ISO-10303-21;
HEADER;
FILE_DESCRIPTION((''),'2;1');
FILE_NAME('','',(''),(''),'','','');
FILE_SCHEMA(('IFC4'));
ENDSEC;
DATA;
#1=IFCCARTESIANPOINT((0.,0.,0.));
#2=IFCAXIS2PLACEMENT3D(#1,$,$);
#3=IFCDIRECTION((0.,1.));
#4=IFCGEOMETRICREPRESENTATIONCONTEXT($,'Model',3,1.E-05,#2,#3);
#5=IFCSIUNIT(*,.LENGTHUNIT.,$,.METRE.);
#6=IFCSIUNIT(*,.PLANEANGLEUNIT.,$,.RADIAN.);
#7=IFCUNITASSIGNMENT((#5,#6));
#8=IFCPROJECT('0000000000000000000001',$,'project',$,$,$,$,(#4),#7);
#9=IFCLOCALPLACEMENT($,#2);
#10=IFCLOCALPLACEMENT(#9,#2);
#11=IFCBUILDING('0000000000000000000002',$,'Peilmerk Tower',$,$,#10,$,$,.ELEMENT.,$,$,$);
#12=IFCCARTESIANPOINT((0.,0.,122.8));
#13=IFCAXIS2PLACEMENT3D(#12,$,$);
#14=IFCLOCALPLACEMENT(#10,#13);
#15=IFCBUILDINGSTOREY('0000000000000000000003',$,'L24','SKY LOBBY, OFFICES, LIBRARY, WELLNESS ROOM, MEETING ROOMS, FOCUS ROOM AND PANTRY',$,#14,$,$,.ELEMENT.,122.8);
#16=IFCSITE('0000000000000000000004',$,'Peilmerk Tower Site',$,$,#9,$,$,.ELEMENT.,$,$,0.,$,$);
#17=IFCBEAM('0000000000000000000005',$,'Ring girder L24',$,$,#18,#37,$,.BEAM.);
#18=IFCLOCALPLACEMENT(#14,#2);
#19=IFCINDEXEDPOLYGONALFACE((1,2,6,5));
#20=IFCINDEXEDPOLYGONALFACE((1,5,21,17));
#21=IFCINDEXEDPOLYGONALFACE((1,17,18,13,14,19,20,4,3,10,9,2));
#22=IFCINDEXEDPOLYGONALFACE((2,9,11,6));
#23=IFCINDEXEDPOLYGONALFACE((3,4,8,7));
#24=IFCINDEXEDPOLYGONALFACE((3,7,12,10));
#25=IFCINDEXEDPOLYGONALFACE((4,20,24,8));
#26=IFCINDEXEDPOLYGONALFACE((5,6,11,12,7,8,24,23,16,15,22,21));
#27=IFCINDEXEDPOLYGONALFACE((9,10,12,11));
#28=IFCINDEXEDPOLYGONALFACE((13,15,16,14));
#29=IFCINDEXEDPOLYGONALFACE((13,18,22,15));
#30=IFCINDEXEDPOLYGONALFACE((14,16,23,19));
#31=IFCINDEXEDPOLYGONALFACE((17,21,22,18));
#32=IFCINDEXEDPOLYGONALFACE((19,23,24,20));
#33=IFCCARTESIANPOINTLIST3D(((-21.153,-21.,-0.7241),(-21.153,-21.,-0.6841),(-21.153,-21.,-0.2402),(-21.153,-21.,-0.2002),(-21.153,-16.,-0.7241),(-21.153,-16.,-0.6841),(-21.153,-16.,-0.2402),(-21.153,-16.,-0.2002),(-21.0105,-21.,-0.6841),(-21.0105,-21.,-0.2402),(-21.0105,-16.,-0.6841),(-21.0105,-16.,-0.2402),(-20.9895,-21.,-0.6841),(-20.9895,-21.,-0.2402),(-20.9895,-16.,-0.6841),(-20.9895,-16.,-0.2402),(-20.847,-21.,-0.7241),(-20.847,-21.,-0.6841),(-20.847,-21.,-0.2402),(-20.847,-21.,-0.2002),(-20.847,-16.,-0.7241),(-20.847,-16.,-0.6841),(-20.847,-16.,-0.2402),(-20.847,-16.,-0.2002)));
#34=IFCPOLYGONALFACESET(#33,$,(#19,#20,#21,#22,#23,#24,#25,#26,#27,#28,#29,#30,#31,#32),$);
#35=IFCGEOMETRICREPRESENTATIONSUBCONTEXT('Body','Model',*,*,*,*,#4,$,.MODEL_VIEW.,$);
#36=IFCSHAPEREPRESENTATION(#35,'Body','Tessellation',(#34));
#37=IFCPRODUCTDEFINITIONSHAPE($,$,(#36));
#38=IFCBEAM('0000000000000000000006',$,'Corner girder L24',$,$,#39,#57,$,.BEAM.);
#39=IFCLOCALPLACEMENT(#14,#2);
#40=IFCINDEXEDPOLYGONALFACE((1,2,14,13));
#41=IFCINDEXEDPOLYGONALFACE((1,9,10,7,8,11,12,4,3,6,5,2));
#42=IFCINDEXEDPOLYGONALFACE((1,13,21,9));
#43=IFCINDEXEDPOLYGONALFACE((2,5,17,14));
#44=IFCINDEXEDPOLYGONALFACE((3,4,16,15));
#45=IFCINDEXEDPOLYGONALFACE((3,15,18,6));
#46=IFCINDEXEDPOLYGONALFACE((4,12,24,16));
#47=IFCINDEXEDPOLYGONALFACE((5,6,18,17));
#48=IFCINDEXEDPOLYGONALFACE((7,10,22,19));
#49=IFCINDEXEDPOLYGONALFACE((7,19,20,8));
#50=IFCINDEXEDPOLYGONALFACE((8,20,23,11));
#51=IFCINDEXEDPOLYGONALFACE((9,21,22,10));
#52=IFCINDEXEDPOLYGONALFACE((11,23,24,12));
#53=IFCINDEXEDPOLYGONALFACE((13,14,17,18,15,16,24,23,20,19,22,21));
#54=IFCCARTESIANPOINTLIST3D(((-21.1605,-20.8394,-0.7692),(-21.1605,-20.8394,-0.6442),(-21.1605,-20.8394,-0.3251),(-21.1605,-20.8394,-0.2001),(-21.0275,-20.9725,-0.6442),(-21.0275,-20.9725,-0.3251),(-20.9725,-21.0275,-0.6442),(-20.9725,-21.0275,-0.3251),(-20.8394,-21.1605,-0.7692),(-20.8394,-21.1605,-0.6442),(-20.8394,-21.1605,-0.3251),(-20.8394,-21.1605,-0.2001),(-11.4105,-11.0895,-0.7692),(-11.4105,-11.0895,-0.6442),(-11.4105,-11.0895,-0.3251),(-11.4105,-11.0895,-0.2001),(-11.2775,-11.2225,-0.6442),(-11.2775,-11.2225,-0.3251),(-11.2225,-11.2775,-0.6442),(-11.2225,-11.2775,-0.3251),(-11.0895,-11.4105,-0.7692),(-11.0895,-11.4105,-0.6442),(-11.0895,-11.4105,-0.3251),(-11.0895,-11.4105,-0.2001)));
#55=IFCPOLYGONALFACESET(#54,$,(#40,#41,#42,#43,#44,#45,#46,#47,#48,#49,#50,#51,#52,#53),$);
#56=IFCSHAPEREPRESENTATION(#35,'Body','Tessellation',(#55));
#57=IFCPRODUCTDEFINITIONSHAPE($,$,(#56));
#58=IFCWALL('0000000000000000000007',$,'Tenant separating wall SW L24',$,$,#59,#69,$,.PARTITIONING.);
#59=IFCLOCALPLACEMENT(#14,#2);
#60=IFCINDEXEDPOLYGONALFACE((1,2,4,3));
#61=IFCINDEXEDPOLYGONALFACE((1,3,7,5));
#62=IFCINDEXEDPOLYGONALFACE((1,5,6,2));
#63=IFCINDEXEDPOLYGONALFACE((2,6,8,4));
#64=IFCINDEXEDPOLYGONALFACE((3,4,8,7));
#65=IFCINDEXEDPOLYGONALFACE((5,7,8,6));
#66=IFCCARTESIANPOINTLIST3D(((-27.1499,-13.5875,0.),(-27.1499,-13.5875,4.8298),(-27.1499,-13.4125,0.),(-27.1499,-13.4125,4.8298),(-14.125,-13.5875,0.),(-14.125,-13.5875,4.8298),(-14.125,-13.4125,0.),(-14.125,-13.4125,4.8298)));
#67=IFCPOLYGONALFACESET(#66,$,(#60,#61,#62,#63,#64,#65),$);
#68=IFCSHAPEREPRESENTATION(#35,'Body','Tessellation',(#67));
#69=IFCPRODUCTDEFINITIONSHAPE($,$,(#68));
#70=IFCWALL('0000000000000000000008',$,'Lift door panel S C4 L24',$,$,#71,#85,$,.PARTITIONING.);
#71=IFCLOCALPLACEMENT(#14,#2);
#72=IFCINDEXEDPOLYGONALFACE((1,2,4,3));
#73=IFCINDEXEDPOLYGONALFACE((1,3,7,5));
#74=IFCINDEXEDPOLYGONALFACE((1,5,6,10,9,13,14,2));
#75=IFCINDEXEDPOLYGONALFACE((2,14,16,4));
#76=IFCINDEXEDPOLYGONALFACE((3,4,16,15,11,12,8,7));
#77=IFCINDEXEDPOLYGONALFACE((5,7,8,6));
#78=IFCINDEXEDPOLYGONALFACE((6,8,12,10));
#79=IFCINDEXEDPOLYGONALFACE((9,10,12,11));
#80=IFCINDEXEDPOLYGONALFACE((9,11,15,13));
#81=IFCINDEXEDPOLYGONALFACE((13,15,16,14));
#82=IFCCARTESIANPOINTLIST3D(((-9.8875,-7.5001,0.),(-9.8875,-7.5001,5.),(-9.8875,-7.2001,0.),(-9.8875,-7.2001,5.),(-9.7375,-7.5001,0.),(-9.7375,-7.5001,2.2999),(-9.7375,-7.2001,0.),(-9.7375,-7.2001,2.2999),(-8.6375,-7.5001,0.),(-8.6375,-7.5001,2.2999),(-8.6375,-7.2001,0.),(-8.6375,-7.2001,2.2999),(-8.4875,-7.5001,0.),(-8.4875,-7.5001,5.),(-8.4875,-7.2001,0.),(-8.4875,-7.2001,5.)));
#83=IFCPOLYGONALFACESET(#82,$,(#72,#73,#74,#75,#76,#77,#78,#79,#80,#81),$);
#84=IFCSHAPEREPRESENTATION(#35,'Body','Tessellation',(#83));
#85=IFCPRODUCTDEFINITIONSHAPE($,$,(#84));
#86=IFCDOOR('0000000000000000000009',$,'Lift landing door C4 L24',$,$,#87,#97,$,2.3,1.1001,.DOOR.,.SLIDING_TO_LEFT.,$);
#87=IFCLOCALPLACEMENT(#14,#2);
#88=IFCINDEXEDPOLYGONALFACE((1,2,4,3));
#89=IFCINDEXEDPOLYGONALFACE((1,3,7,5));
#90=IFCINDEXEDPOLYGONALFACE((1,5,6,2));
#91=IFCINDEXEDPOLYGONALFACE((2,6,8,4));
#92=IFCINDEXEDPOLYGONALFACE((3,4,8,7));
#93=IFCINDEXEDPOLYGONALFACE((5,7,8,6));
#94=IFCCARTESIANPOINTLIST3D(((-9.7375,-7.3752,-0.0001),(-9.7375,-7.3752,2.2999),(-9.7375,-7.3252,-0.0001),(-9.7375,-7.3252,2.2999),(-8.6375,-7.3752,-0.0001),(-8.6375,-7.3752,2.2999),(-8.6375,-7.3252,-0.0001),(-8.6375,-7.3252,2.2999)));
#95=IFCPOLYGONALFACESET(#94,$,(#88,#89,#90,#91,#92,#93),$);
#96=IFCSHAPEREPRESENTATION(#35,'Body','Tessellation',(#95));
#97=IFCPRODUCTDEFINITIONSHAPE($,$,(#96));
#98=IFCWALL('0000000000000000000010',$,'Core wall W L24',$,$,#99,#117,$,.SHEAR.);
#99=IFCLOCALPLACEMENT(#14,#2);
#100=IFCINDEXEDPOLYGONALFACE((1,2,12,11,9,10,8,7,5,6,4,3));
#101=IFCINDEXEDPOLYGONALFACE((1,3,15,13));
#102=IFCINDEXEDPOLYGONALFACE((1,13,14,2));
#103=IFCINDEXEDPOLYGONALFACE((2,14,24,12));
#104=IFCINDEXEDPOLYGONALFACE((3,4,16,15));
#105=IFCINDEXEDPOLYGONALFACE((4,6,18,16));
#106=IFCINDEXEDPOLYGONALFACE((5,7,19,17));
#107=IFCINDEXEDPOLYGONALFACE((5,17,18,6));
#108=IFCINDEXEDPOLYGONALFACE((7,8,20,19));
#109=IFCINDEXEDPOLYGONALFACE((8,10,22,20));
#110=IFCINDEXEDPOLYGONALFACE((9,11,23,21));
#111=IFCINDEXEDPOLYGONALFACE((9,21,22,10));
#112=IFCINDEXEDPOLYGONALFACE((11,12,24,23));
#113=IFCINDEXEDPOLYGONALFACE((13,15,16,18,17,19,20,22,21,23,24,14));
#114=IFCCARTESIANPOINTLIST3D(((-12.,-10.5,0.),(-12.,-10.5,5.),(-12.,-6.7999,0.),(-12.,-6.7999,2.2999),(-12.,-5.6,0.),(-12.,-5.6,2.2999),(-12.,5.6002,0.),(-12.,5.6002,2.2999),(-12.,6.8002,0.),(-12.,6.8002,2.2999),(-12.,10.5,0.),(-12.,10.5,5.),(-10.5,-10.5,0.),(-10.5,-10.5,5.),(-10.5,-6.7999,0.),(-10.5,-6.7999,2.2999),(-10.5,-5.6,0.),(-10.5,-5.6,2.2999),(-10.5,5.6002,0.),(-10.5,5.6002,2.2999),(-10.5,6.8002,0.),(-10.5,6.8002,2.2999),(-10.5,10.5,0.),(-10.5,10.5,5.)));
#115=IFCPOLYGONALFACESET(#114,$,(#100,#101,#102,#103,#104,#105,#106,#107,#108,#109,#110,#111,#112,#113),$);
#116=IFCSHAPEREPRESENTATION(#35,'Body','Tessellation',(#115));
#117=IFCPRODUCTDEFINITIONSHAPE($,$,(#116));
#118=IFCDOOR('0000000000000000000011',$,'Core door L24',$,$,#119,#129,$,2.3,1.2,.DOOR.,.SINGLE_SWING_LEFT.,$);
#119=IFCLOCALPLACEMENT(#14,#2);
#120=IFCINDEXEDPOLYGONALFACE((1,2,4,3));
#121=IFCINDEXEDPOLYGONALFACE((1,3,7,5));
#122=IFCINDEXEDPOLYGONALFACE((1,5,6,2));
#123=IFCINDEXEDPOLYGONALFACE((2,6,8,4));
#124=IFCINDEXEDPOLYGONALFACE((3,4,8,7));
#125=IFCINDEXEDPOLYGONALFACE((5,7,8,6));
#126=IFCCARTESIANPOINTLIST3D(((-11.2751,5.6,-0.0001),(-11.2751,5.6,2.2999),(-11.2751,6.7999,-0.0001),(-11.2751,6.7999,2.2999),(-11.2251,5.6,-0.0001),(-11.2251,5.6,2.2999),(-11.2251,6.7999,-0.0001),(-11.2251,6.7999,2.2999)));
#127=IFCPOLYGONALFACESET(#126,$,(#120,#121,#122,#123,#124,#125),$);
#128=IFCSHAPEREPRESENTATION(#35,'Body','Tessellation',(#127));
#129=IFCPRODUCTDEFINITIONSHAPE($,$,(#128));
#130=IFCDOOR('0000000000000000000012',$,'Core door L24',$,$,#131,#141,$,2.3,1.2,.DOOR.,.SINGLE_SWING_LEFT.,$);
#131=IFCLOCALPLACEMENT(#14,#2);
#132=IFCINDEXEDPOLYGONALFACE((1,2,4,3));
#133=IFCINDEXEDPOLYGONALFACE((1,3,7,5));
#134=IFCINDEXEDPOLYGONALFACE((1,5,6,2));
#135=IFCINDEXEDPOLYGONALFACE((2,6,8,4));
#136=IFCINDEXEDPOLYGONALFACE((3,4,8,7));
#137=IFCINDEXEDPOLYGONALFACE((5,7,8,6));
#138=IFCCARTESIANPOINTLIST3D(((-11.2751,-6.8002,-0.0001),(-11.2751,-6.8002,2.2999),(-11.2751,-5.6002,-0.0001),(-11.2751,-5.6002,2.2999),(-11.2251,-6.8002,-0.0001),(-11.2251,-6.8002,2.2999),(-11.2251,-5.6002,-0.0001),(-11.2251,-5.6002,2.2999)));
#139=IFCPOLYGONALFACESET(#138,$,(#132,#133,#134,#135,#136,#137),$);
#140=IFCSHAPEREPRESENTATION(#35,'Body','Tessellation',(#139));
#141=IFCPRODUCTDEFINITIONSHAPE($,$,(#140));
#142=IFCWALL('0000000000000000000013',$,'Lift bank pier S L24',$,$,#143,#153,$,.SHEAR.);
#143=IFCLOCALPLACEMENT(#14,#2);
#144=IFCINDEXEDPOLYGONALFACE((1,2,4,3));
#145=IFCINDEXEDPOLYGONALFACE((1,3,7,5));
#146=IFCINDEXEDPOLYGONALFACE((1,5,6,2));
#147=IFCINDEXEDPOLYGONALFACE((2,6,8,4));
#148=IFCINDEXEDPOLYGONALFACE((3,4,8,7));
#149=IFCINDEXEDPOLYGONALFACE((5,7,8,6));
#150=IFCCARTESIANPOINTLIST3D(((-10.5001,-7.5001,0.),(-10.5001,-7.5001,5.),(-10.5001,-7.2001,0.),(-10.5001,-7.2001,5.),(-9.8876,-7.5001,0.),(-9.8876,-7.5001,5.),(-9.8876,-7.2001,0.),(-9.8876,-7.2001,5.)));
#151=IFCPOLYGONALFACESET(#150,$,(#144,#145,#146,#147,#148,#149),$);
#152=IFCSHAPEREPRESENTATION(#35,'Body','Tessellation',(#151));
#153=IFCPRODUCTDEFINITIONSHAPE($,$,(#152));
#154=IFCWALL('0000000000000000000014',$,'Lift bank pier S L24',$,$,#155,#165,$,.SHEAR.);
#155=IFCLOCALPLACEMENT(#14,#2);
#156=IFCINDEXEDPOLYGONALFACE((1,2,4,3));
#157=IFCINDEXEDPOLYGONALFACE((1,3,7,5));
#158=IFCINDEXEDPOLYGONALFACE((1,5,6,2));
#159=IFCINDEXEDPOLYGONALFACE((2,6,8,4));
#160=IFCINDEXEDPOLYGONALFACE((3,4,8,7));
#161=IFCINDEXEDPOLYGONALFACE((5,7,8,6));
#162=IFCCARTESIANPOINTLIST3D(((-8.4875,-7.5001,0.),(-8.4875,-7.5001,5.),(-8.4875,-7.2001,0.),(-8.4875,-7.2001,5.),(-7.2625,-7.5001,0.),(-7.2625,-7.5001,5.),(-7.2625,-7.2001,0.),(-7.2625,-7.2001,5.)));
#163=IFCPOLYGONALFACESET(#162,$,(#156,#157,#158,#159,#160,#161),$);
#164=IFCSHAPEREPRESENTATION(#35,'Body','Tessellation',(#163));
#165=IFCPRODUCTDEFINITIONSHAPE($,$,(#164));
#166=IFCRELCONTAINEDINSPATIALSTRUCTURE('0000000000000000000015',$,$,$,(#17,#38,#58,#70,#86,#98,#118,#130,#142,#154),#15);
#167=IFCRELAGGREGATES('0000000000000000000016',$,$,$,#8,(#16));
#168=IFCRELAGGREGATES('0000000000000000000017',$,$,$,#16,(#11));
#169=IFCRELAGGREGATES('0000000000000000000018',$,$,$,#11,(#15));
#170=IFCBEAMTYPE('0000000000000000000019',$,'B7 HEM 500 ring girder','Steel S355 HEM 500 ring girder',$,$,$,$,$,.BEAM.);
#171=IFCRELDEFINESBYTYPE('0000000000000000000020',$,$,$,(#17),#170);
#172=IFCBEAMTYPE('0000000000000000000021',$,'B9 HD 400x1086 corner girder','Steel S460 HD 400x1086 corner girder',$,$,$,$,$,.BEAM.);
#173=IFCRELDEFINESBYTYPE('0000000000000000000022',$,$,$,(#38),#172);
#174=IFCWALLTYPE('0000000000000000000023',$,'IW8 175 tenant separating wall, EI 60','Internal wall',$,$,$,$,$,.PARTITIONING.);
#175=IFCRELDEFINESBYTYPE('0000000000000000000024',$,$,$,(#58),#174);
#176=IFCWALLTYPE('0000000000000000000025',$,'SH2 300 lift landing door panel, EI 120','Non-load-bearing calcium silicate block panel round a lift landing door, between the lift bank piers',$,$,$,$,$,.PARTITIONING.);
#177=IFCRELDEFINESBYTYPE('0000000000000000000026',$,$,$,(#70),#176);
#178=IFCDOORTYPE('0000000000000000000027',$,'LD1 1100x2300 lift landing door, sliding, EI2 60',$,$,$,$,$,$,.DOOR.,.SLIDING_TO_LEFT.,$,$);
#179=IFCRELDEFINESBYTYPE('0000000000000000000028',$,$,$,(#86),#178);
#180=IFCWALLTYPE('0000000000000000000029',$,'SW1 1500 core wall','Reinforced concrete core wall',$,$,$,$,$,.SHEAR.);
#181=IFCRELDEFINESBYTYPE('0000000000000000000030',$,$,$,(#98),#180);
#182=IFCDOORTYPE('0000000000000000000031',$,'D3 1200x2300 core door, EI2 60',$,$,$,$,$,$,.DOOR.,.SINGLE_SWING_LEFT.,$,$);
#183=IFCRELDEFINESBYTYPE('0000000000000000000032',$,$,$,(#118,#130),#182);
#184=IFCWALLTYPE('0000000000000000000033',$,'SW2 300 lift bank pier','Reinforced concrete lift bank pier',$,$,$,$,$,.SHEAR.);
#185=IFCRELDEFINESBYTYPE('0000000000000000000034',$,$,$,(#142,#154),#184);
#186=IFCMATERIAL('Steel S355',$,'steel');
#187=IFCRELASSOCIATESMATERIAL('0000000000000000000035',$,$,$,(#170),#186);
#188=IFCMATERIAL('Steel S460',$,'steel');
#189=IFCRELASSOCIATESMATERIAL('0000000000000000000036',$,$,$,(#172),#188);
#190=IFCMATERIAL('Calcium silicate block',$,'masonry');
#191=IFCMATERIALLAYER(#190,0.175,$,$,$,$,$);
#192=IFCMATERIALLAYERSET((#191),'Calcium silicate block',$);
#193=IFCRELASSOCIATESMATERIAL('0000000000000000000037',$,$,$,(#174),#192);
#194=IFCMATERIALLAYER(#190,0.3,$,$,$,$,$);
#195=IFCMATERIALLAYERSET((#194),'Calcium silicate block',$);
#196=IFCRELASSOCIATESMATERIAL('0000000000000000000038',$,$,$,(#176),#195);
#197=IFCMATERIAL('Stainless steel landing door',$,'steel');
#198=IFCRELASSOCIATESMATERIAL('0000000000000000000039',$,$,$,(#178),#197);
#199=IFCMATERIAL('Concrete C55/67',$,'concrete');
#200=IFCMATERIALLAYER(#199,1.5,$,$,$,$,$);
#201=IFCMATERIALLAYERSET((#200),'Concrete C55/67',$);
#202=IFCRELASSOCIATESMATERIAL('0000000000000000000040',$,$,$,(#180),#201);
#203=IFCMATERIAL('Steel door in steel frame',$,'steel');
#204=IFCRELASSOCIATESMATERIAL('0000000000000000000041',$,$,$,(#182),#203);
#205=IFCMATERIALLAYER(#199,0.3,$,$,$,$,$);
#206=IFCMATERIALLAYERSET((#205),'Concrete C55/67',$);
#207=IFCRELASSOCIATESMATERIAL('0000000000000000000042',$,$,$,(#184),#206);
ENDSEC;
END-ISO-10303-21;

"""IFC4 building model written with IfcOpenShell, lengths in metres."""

from ifc_helpers import new_model, si_unit, direction, frame, frame_2d, origin, origin_2d, place, context, subcontext, project, spatial, rectangle, i_section, extrude, material, layer, layer_set, material_profile, profile_set, type_object, element, fill, save


model = new_model("IFC4")

# Units and contexts
model_context = context("Model", 3, precision=1e-05, world=origin(), true_north=direction((0.0, 1.0)))
body_context = subcontext(model_context, "Body", "Model", "MODEL_VIEW")
ifc_project = project(units=[si_unit("LENGTHUNIT", "METRE"), si_unit("PLANEANGLEUNIT", "RADIAN")], contexts=[model_context])

# Site, building, storey
site_placement = place(None, origin())
site = spatial("IfcSite", under=ifc_project, at=site_placement, Name="Peilmerk Tower Site", CompositionType="ELEMENT", RefElevation=0.0)
building_placement = place(site_placement, origin())
building = spatial("IfcBuilding", under=site, at=building_placement, Name="Peilmerk Tower", CompositionType="ELEMENT")
storey_placement = place(building_placement, frame((0.0, 0.0, 122.8)))
storey = spatial("IfcBuildingStorey", under=building, at=storey_placement, Name="L24", Description="SKY LOBBY, OFFICES, LIBRARY, WELLNESS ROOM, MEETING ROOMS, FOCUS ROOM AND PANTRY", CompositionType="ELEMENT", Elevation=122.8)

# Beams
ifc_material_1 = material(Name="Steel S355", Category="steel")
ifc_material_profile_1 = material_profile(ifc_material_1, i_section(OverallWidth=0.3059, OverallDepth=0.5239, WebThickness=0.021, FlangeThickness=0.04, at=origin_2d()), Name="HEM 500")
ifc_profile_set_1 = profile_set([ifc_material_profile_1], Name="Steel S355")
beam_type_1 = type_object("IfcBeamType", Name="B7 HEM 500 ring girder", Description="Steel S355 HEM 500 ring girder", PredefinedType="BEAM", material=ifc_profile_set_1)
for number, where, z_axis, x_axis, name in (
    (1, (-21.0, -16.0, -0.4622), (0.0, -1.0, 0.0), (1.0, 0.0, 0.0), "Ring girder L24"),
):
    element("IfcBeam", number, at=place(storey_placement, frame(where, z_axis=z_axis, x_axis=x_axis)), inside=storey, type_object=beam_type_1, Name=name, PredefinedType="BEAM", context=body_context, shape_type="SweptSolid", body=[
        extrude(i_section(OverallWidth=0.3059, OverallDepth=0.5239, WebThickness=0.021, FlangeThickness=0.04, at=origin_2d()), origin(), (0.0, 0.0, 1.0), 5.0),
    ])
ifc_material_2 = material(Name="Steel S460", Category="steel")
ifc_material_profile_2 = material_profile(ifc_material_2, i_section(OverallWidth=0.4541, OverallDepth=0.5691, WebThickness=0.0779, FlangeThickness=0.125, at=origin_2d()), Name="HD 400x1086")
ifc_profile_set_2 = profile_set([ifc_material_profile_2], Name="Steel S460")
beam_type_2 = type_object("IfcBeamType", Name="B9 HD 400x1086 corner girder", Description="Steel S460 HD 400x1086 corner girder", PredefinedType="BEAM", material=ifc_profile_set_2)
beam_1_placement = place(storey_placement, frame((-11.25, -11.25, -0.4846), z_axis=(-0.707107, -0.707107, 0.0), x_axis=(0.707107, -0.707107, 0.0)))
element("IfcBeam", 2, at=beam_1_placement, inside=storey, type_object=beam_type_2, Name="Corner girder L24", PredefinedType="BEAM", context=body_context, shape_type="SweptSolid", body=[
    extrude(i_section(OverallWidth=0.4541, OverallDepth=0.5691, WebThickness=0.0779, FlangeThickness=0.125, at=origin_2d()), origin(), (0.0, 0.0, 1.0), 13.7886),
])

# Wall
ifc_material_3 = material(Name="Calcium silicate block", Category="masonry")
ifc_layer_1 = layer(ifc_material_3, 0.175)
ifc_layer_set_1 = layer_set([ifc_layer_1], Name="Calcium silicate block")
wall_type_1 = type_object("IfcWallType", Name="IW8 175 tenant separating wall, EI 60", Description="Internal wall", PredefinedType="PARTITIONING", material=ifc_layer_set_1)
wall_1_placement = place(storey_placement, frame((-14.125, -13.5, 0.0), z_axis=(0.0, 0.0, 1.0), x_axis=(-1.0, 0.0, 0.0)))
element("IfcWall", 3, at=wall_1_placement, inside=storey, type_object=wall_type_1, Name="Tenant separating wall SW L24", PredefinedType="PARTITIONING", context=body_context, shape_type="SweptSolid", body=[
    extrude(rectangle(XDim=13.0249, YDim=0.175, at=frame_2d((6.5125, 0.0))), origin(), (0.0, 0.0, 1.0), 4.8298),
])

# Wall, opening, door
ifc_layer_2 = layer(ifc_material_3, 0.3)
ifc_layer_set_2 = layer_set([ifc_layer_2], Name="Calcium silicate block")
wall_type_2 = type_object("IfcWallType", Name="SH2 300 lift landing door panel, EI 120", Description="Non-load-bearing calcium silicate block panel round a lift landing door, between the lift bank piers", PredefinedType="PARTITIONING", material=ifc_layer_set_2)
wall_2_placement = place(storey_placement, frame((-9.8875, -7.3501, 0.0), z_axis=(0.0, 0.0, 1.0), x_axis=(1.0, 0.0, 0.0)))
wall_2 = element("IfcWall", 4, at=wall_2_placement, inside=storey, type_object=wall_type_2, Name="Lift door panel S C4 L24", PredefinedType="PARTITIONING", context=body_context, shape_type="SweptSolid", body=[
    extrude(rectangle(XDim=1.3999, YDim=0.3, at=frame_2d((0.7, 0.0))), origin(), (0.0, 0.0, 1.0), 5.0),
])
opening_1_placement = place(wall_2_placement, frame((0.1499, 0.0, 0.0)))
opening_1 = element("IfcOpeningElement", 5, at=opening_1_placement, cuts=wall_2, PredefinedType="OPENING", context=body_context, shape_type="SweptSolid", body=[
    extrude(rectangle(XDim=1.1001, YDim=2.3, at=frame_2d((0.55, 1.1499))), frame((0.0, 0.1599, 0.0), z_axis=(0.0, -1.0, 0.0), x_axis=(1.0, 0.0, 0.0)), (0.0, 0.0, 1.0), 0.3201),
])
ifc_material_4 = material(Name="Stainless steel landing door", Category="steel")
door_type_1 = type_object("IfcDoorType", Name="LD1 1100x2300 lift landing door, sliding, EI2 60", OperationType="SLIDING_TO_LEFT", PredefinedType="DOOR", material=ifc_material_4)
door_1_placement = place(opening_1_placement, origin())
door_1 = element("IfcDoor", 6, at=door_1_placement, inside=storey, type_object=door_type_1, Name="Lift landing door C4 L24", OperationType="SLIDING_TO_LEFT", OverallHeight=2.3, OverallWidth=1.1001, PredefinedType="DOOR", context=body_context, shape_type="SweptSolid", body=[
    extrude(rectangle(XDim=1.1001, YDim=2.3, at=frame_2d((0.55, 1.1499))), frame((0.0, 0.0249, 0.0), z_axis=(0.0, -1.0, 0.0), x_axis=(1.0, 0.0, 0.0)), (0.0, 0.0, 1.0), 0.05),
])
fill(opening_1, door_1)

# Wall, openings, doors
ifc_material_5 = material(Name="Concrete C55/67", Category="concrete")
ifc_layer_3 = layer(ifc_material_5, 1.5)
ifc_layer_set_3 = layer_set([ifc_layer_3], Name="Concrete C55/67")
wall_type_3 = type_object("IfcWallType", Name="SW1 1500 core wall", Description="Reinforced concrete core wall", PredefinedType="SHEAR", material=ifc_layer_set_3)
wall_3_placement = place(storey_placement, frame((-11.25, -10.5, 0.0), z_axis=(0.0, 0.0, 1.0), x_axis=(0.0, 1.0, 0.0)))
wall_3 = element("IfcWall", 7, at=wall_3_placement, inside=storey, type_object=wall_type_3, Name="Core wall W L24", PredefinedType="SHEAR", context=body_context, shape_type="SweptSolid", body=[
    extrude(rectangle(XDim=21.0, YDim=1.5, at=frame_2d((10.5, 0.0))), origin(), (0.0, 0.0, 1.0), 5.0),
])
opening_2_placement = place(wall_3_placement, frame((16.1001, 0.0, 0.0)))
opening_2 = element("IfcOpeningElement", 8, at=opening_2_placement, cuts=wall_3, PredefinedType="OPENING", context=body_context, shape_type="SweptSolid", body=[
    extrude(rectangle(XDim=1.2, YDim=2.3, at=frame_2d((0.6001, 1.1499))), frame((0.0, 0.76, 0.0), z_axis=(0.0, -1.0, 0.0), x_axis=(1.0, 0.0, 0.0)), (0.0, 0.0, 1.0), 1.52),
])
opening_3_placement = place(wall_3_placement, frame((3.7, 0.0, 0.0)))
opening_3 = element("IfcOpeningElement", 9, at=opening_3_placement, cuts=wall_3, PredefinedType="OPENING", context=body_context, shape_type="SweptSolid", body=[
    extrude(rectangle(XDim=1.2, YDim=2.3, at=frame_2d((0.6001, 1.1499))), frame((0.0, 0.76, 0.0), z_axis=(0.0, -1.0, 0.0), x_axis=(1.0, 0.0, 0.0)), (0.0, 0.0, 1.0), 1.52),
])
ifc_material_6 = material(Name="Steel door in steel frame", Category="steel")
door_type_2 = type_object("IfcDoorType", Name="D3 1200x2300 core door, EI2 60", OperationType="SINGLE_SWING_LEFT", PredefinedType="DOOR", material=ifc_material_6)
door_2_placement = place(opening_2_placement, frame((1.2, 0.0, 0.0), z_axis=(0.0, 0.0, 1.0), x_axis=(-1.0, 0.0, 0.0)))
door_2 = element("IfcDoor", 10, at=door_2_placement, inside=storey, type_object=door_type_2, Name="Core door L24", OperationType="SINGLE_SWING_LEFT", OverallHeight=2.3, OverallWidth=1.2, PredefinedType="DOOR", context=body_context, shape_type="SweptSolid", body=[
    extrude(rectangle(XDim=1.2, YDim=2.3, at=frame_2d((0.6001, 1.1499))), frame((0.0, 0.0249, 0.0), z_axis=(0.0, -1.0, 0.0), x_axis=(1.0, 0.0, 0.0)), (0.0, 0.0, 1.0), 0.05),
])
fill(opening_2, door_2)
door_3_placement = place(opening_3_placement, frame((1.2, 0.0, 0.0), z_axis=(0.0, 0.0, 1.0), x_axis=(-1.0, 0.0, 0.0)))
door_3 = element("IfcDoor", 11, at=door_3_placement, inside=storey, type_object=door_type_2, Name="Core door L24", OperationType="SINGLE_SWING_LEFT", OverallHeight=2.3, OverallWidth=1.2, PredefinedType="DOOR", context=body_context, shape_type="SweptSolid", body=[
    extrude(rectangle(XDim=1.2, YDim=2.3, at=frame_2d((0.6001, 1.1499))), frame((0.0, 0.0249, 0.0), z_axis=(0.0, -1.0, 0.0), x_axis=(1.0, 0.0, 0.0)), (0.0, 0.0, 1.0), 0.05),
])
fill(opening_3, door_3)

# Walls
ifc_layer_4 = layer(ifc_material_5, 0.3)
ifc_layer_set_4 = layer_set([ifc_layer_4], Name="Concrete C55/67")
wall_type_4 = type_object("IfcWallType", Name="SW2 300 lift bank pier", Description="Reinforced concrete lift bank pier", PredefinedType="SHEAR", material=ifc_layer_set_4)
wall_4_placement = place(storey_placement, frame((-10.5, -7.3501, 0.0), z_axis=(0.0, 0.0, 1.0), x_axis=(1.0, 0.0, 0.0)))
element("IfcWall", 12, at=wall_4_placement, inside=storey, type_object=wall_type_4, Name="Lift bank pier S L24", PredefinedType="SHEAR", context=body_context, shape_type="SweptSolid", body=[
    extrude(rectangle(XDim=0.6125, YDim=0.3, at=frame_2d((0.3062, 0.0))), origin(), (0.0, 0.0, 1.0), 5.0),
])
wall_5_placement = place(storey_placement, frame((-8.4875, -7.3501, 0.0), z_axis=(0.0, 0.0, 1.0), x_axis=(1.0, 0.0, 0.0)))
element("IfcWall", 13, at=wall_5_placement, inside=storey, type_object=wall_type_4, Name="Lift bank pier S L24", PredefinedType="SHEAR", context=body_context, shape_type="SweptSolid", body=[
    extrude(rectangle(XDim=1.2251, YDim=0.3, at=frame_2d((0.6125, 0.0))), origin(), (0.0, 0.0, 1.0), 5.0),
])

save(model, "model.ifc")
